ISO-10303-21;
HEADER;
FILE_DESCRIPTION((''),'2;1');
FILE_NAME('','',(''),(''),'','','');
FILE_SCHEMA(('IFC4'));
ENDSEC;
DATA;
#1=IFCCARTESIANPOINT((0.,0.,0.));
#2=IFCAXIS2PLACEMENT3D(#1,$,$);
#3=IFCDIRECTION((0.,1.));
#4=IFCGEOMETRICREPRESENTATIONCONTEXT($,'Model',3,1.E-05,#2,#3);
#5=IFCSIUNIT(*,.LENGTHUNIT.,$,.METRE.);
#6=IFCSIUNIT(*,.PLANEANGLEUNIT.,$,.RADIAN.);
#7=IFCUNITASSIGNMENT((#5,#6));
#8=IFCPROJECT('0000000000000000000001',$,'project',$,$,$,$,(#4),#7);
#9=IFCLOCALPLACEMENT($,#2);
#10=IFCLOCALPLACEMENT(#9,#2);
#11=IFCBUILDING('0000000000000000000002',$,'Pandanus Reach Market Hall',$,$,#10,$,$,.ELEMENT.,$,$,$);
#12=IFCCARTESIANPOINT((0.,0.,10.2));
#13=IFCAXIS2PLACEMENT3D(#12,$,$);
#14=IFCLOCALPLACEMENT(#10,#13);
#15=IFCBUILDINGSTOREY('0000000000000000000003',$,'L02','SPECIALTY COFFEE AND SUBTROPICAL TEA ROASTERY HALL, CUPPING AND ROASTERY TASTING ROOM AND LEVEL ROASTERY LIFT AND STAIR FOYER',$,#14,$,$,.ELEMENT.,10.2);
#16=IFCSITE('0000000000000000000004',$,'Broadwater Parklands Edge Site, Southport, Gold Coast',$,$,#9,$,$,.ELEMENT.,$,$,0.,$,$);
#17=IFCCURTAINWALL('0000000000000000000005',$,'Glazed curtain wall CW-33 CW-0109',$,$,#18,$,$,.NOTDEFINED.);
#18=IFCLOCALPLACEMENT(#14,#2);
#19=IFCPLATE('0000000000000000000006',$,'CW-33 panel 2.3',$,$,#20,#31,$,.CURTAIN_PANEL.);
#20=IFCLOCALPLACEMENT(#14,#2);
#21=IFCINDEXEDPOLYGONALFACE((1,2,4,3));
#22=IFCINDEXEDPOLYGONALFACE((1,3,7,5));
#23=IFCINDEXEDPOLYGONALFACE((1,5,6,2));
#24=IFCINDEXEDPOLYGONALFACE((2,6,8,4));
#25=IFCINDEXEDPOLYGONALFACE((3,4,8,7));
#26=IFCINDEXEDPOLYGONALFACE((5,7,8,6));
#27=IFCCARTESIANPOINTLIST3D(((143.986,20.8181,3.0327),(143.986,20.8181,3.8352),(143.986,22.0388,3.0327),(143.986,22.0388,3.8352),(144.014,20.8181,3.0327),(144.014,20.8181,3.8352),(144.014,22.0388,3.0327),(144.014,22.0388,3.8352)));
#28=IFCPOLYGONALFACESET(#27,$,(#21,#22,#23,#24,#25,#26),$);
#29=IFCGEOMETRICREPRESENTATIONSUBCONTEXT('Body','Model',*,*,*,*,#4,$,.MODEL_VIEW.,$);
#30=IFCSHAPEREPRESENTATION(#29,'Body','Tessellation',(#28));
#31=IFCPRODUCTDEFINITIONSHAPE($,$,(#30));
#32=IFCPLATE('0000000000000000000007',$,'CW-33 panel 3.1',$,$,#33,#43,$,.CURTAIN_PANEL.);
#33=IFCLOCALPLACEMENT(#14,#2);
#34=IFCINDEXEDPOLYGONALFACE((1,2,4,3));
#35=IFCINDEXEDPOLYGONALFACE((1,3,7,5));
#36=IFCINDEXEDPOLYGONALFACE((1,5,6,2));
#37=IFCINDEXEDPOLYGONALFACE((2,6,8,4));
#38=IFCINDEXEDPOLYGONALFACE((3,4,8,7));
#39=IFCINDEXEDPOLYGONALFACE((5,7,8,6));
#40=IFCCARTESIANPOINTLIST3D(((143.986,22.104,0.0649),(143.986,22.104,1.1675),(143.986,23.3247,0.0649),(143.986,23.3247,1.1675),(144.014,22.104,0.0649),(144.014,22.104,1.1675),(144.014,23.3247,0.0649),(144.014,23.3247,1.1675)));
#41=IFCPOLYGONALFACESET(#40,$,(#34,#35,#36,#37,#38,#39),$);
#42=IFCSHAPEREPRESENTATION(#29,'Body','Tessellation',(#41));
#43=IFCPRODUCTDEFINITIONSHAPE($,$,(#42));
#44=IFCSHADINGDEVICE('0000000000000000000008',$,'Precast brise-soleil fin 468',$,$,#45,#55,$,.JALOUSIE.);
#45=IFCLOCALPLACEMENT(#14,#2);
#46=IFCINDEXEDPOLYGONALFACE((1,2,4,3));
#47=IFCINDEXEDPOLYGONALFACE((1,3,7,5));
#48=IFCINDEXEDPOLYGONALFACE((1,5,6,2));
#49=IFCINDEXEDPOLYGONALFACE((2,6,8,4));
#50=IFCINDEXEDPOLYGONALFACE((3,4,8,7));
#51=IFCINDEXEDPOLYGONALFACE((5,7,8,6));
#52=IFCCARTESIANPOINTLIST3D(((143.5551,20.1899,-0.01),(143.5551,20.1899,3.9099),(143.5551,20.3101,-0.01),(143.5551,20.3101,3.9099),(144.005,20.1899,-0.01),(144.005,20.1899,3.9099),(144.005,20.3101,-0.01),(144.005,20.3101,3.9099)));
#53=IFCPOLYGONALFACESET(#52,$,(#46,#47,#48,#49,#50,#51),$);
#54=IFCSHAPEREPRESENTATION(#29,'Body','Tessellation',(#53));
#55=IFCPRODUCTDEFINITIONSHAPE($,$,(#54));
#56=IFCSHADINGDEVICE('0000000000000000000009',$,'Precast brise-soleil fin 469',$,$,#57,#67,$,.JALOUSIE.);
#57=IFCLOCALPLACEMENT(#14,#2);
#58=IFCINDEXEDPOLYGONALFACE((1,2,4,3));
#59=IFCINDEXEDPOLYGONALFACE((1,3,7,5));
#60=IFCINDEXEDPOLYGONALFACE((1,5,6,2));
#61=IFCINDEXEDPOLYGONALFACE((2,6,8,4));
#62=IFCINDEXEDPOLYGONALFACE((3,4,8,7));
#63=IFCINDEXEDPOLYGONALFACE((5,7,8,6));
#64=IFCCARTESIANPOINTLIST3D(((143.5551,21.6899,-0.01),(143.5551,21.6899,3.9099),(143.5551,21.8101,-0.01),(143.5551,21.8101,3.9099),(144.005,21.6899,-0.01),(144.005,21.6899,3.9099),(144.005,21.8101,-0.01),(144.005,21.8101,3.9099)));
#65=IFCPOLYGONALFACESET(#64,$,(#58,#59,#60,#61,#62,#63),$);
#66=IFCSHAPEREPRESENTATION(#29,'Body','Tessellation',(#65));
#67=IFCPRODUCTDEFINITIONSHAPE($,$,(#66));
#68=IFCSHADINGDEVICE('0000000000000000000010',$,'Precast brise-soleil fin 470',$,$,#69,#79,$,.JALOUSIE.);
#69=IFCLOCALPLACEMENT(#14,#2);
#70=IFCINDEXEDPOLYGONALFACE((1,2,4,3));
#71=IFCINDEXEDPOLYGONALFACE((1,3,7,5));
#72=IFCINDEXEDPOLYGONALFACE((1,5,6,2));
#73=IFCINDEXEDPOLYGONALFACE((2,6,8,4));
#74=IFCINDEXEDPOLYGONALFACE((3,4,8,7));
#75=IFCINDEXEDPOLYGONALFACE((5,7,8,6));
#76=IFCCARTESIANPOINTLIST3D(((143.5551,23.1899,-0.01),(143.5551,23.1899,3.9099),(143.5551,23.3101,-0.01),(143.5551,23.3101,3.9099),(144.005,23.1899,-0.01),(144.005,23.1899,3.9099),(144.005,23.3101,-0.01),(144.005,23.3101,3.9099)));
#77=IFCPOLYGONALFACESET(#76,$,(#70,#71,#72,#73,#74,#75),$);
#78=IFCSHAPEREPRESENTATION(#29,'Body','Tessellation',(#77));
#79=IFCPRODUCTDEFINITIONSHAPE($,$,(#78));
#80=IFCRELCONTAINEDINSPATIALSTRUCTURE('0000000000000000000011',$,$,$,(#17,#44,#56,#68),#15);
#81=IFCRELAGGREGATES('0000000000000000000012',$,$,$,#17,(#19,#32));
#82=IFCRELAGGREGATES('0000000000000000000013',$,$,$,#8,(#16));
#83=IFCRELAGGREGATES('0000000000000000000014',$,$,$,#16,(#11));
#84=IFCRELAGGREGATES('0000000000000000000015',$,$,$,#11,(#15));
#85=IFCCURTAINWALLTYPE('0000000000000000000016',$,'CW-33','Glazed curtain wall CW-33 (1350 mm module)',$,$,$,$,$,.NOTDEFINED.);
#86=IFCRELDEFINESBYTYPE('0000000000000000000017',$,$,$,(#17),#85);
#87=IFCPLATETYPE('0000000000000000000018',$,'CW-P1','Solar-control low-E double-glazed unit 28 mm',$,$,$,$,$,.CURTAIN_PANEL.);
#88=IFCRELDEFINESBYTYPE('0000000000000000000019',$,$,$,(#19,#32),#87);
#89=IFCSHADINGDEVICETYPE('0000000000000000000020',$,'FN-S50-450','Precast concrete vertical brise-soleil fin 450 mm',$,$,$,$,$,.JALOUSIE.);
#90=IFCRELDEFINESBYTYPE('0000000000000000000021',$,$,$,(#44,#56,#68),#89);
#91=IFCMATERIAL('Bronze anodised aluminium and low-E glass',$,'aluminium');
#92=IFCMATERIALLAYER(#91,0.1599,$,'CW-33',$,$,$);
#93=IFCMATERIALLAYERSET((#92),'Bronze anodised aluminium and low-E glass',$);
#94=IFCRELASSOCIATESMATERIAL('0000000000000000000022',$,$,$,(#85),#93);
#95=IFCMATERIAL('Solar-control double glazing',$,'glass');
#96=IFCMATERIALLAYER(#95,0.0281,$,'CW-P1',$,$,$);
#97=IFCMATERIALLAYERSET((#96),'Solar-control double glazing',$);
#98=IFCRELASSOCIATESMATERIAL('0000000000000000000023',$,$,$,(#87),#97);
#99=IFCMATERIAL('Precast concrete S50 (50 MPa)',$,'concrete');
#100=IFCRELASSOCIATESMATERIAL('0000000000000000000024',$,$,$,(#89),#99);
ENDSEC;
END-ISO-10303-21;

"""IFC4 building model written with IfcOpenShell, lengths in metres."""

from ifc_helpers import new_model, si_unit, direction, frame, origin, origin_2d, place, context, subcontext, project, spatial, rectangle, extrude, material, layer, layer_set, type_object, element, aggregate, save


model = new_model("IFC4")

# Units and contexts
model_context = context("Model", 3, precision=1e-05, world=origin(), true_north=direction((0.0, 1.0)))
body_context = subcontext(model_context, "Body", "Model", "MODEL_VIEW")
ifc_project = project(units=[si_unit("LENGTHUNIT", "METRE"), si_unit("PLANEANGLEUNIT", "RADIAN")], contexts=[model_context])

# Site, building, storey
site_placement = place(None, origin())
site = spatial("IfcSite", under=ifc_project, at=site_placement, Name="Broadwater Parklands Edge Site, Southport, Gold Coast", CompositionType="ELEMENT", RefElevation=0.0)
building_placement = place(site_placement, origin())
building = spatial("IfcBuilding", under=site, at=building_placement, Name="Pandanus Reach Market Hall", CompositionType="ELEMENT")
storey_placement = place(building_placement, frame((0.0, 0.0, 10.2)))
storey = spatial("IfcBuildingStorey", under=building, at=storey_placement, Name="L02", Description="SPECIALTY COFFEE AND SUBTROPICAL TEA ROASTERY HALL, CUPPING AND ROASTERY TASTING ROOM AND LEVEL ROASTERY LIFT AND STAIR FOYER", CompositionType="ELEMENT", Elevation=10.2)

# Curtain wall, plates
ifc_material_1 = material(Name="Bronze anodised aluminium and low-E glass", Category="aluminium")
ifc_layer_1 = layer(ifc_material_1, 0.1599, Name="CW-33")
ifc_layer_set_1 = layer_set([ifc_layer_1], Name="Bronze anodised aluminium and low-E glass")
curtain_wall_type = type_object("IfcCurtainWallType", Name="CW-33", Description="Glazed curtain wall CW-33 (1350 mm module)", PredefinedType="NOTDEFINED", material=ifc_layer_set_1)
curtain_wall_placement = place(storey_placement, origin())
curtain_wall = element("IfcCurtainWall", 1, at=curtain_wall_placement, inside=storey, type_object=curtain_wall_type, Name="Glazed curtain wall CW-33 CW-0109", PredefinedType="NOTDEFINED")
ifc_material_2 = material(Name="Solar-control double glazing", Category="glass")
ifc_layer_2 = layer(ifc_material_2, 0.0281, Name="CW-P1")
ifc_layer_set_2 = layer_set([ifc_layer_2], Name="Solar-control double glazing")
plate_type = type_object("IfcPlateType", Name="CW-P1", Description="Solar-control low-E double-glazed unit 28 mm", PredefinedType="CURTAIN_PANEL", material=ifc_layer_set_2)
plate_1_placement = place(storey_placement, frame((144.0, 21.4285, 3.0327), z_axis=(0.0, 0.0, 1.0), x_axis=(0.0, 1.0, 0.0)))
plate_1 = element("IfcPlate", 2, at=plate_1_placement, type_object=plate_type, Name="CW-33 panel 2.3", PredefinedType="CURTAIN_PANEL", context=body_context, shape_type="SweptSolid", body=[
    extrude(rectangle(XDim=1.2207, YDim=0.0281, at=origin_2d()), origin(), (0.0, 0.0, 1.0), 0.8025),
])
plate_2_placement = place(storey_placement, frame((144.0, 22.7144, 0.0649), z_axis=(0.0, 0.0, 1.0), x_axis=(0.0, 1.0, 0.0)))
plate_2 = element("IfcPlate", 3, at=plate_2_placement, type_object=plate_type, Name="CW-33 panel 3.1", PredefinedType="CURTAIN_PANEL", context=body_context, shape_type="SweptSolid", body=[
    extrude(rectangle(XDim=1.2207, YDim=0.0281, at=origin_2d()), origin(), (0.0, 0.0, 1.0), 1.1025),
])
aggregate(curtain_wall, [plate_1, plate_2])

# Shading devices
ifc_material_3 = material(Name="Precast concrete S50 (50 MPa)", Category="concrete")
shading_device_type = type_object("IfcShadingDeviceType", Name="FN-S50-450", Description="Precast concrete vertical brise-soleil fin 450 mm", PredefinedType="JALOUSIE", material=ifc_material_3)
for number, where, z_axis, x_axis, name in (
    (4, (143.78, 20.25, -0.01), (0.0, 0.0, 1.0), (-1.0, 0.0, 0.0), "Precast brise-soleil fin 468"),
    (5, (143.78, 21.75, -0.01), (0.0, 0.0, 1.0), (-1.0, 0.0, 0.0), "Precast brise-soleil fin 469"),
    (6, (143.78, 23.25, -0.01), (0.0, 0.0, 1.0), (-1.0, 0.0, 0.0), "Precast brise-soleil fin 470"),
):
    element("IfcShadingDevice", number, at=place(storey_placement, frame(where, z_axis=z_axis, x_axis=x_axis)), inside=storey, type_object=shading_device_type, Name=name, PredefinedType="JALOUSIE", context=body_context, shape_type="SweptSolid", body=[
        extrude(rectangle(XDim=0.45, YDim=0.1201, at=origin_2d()), origin(), (0.0, 0.0, 1.0), 3.9199),
    ])

save(model, "model.ifc")
